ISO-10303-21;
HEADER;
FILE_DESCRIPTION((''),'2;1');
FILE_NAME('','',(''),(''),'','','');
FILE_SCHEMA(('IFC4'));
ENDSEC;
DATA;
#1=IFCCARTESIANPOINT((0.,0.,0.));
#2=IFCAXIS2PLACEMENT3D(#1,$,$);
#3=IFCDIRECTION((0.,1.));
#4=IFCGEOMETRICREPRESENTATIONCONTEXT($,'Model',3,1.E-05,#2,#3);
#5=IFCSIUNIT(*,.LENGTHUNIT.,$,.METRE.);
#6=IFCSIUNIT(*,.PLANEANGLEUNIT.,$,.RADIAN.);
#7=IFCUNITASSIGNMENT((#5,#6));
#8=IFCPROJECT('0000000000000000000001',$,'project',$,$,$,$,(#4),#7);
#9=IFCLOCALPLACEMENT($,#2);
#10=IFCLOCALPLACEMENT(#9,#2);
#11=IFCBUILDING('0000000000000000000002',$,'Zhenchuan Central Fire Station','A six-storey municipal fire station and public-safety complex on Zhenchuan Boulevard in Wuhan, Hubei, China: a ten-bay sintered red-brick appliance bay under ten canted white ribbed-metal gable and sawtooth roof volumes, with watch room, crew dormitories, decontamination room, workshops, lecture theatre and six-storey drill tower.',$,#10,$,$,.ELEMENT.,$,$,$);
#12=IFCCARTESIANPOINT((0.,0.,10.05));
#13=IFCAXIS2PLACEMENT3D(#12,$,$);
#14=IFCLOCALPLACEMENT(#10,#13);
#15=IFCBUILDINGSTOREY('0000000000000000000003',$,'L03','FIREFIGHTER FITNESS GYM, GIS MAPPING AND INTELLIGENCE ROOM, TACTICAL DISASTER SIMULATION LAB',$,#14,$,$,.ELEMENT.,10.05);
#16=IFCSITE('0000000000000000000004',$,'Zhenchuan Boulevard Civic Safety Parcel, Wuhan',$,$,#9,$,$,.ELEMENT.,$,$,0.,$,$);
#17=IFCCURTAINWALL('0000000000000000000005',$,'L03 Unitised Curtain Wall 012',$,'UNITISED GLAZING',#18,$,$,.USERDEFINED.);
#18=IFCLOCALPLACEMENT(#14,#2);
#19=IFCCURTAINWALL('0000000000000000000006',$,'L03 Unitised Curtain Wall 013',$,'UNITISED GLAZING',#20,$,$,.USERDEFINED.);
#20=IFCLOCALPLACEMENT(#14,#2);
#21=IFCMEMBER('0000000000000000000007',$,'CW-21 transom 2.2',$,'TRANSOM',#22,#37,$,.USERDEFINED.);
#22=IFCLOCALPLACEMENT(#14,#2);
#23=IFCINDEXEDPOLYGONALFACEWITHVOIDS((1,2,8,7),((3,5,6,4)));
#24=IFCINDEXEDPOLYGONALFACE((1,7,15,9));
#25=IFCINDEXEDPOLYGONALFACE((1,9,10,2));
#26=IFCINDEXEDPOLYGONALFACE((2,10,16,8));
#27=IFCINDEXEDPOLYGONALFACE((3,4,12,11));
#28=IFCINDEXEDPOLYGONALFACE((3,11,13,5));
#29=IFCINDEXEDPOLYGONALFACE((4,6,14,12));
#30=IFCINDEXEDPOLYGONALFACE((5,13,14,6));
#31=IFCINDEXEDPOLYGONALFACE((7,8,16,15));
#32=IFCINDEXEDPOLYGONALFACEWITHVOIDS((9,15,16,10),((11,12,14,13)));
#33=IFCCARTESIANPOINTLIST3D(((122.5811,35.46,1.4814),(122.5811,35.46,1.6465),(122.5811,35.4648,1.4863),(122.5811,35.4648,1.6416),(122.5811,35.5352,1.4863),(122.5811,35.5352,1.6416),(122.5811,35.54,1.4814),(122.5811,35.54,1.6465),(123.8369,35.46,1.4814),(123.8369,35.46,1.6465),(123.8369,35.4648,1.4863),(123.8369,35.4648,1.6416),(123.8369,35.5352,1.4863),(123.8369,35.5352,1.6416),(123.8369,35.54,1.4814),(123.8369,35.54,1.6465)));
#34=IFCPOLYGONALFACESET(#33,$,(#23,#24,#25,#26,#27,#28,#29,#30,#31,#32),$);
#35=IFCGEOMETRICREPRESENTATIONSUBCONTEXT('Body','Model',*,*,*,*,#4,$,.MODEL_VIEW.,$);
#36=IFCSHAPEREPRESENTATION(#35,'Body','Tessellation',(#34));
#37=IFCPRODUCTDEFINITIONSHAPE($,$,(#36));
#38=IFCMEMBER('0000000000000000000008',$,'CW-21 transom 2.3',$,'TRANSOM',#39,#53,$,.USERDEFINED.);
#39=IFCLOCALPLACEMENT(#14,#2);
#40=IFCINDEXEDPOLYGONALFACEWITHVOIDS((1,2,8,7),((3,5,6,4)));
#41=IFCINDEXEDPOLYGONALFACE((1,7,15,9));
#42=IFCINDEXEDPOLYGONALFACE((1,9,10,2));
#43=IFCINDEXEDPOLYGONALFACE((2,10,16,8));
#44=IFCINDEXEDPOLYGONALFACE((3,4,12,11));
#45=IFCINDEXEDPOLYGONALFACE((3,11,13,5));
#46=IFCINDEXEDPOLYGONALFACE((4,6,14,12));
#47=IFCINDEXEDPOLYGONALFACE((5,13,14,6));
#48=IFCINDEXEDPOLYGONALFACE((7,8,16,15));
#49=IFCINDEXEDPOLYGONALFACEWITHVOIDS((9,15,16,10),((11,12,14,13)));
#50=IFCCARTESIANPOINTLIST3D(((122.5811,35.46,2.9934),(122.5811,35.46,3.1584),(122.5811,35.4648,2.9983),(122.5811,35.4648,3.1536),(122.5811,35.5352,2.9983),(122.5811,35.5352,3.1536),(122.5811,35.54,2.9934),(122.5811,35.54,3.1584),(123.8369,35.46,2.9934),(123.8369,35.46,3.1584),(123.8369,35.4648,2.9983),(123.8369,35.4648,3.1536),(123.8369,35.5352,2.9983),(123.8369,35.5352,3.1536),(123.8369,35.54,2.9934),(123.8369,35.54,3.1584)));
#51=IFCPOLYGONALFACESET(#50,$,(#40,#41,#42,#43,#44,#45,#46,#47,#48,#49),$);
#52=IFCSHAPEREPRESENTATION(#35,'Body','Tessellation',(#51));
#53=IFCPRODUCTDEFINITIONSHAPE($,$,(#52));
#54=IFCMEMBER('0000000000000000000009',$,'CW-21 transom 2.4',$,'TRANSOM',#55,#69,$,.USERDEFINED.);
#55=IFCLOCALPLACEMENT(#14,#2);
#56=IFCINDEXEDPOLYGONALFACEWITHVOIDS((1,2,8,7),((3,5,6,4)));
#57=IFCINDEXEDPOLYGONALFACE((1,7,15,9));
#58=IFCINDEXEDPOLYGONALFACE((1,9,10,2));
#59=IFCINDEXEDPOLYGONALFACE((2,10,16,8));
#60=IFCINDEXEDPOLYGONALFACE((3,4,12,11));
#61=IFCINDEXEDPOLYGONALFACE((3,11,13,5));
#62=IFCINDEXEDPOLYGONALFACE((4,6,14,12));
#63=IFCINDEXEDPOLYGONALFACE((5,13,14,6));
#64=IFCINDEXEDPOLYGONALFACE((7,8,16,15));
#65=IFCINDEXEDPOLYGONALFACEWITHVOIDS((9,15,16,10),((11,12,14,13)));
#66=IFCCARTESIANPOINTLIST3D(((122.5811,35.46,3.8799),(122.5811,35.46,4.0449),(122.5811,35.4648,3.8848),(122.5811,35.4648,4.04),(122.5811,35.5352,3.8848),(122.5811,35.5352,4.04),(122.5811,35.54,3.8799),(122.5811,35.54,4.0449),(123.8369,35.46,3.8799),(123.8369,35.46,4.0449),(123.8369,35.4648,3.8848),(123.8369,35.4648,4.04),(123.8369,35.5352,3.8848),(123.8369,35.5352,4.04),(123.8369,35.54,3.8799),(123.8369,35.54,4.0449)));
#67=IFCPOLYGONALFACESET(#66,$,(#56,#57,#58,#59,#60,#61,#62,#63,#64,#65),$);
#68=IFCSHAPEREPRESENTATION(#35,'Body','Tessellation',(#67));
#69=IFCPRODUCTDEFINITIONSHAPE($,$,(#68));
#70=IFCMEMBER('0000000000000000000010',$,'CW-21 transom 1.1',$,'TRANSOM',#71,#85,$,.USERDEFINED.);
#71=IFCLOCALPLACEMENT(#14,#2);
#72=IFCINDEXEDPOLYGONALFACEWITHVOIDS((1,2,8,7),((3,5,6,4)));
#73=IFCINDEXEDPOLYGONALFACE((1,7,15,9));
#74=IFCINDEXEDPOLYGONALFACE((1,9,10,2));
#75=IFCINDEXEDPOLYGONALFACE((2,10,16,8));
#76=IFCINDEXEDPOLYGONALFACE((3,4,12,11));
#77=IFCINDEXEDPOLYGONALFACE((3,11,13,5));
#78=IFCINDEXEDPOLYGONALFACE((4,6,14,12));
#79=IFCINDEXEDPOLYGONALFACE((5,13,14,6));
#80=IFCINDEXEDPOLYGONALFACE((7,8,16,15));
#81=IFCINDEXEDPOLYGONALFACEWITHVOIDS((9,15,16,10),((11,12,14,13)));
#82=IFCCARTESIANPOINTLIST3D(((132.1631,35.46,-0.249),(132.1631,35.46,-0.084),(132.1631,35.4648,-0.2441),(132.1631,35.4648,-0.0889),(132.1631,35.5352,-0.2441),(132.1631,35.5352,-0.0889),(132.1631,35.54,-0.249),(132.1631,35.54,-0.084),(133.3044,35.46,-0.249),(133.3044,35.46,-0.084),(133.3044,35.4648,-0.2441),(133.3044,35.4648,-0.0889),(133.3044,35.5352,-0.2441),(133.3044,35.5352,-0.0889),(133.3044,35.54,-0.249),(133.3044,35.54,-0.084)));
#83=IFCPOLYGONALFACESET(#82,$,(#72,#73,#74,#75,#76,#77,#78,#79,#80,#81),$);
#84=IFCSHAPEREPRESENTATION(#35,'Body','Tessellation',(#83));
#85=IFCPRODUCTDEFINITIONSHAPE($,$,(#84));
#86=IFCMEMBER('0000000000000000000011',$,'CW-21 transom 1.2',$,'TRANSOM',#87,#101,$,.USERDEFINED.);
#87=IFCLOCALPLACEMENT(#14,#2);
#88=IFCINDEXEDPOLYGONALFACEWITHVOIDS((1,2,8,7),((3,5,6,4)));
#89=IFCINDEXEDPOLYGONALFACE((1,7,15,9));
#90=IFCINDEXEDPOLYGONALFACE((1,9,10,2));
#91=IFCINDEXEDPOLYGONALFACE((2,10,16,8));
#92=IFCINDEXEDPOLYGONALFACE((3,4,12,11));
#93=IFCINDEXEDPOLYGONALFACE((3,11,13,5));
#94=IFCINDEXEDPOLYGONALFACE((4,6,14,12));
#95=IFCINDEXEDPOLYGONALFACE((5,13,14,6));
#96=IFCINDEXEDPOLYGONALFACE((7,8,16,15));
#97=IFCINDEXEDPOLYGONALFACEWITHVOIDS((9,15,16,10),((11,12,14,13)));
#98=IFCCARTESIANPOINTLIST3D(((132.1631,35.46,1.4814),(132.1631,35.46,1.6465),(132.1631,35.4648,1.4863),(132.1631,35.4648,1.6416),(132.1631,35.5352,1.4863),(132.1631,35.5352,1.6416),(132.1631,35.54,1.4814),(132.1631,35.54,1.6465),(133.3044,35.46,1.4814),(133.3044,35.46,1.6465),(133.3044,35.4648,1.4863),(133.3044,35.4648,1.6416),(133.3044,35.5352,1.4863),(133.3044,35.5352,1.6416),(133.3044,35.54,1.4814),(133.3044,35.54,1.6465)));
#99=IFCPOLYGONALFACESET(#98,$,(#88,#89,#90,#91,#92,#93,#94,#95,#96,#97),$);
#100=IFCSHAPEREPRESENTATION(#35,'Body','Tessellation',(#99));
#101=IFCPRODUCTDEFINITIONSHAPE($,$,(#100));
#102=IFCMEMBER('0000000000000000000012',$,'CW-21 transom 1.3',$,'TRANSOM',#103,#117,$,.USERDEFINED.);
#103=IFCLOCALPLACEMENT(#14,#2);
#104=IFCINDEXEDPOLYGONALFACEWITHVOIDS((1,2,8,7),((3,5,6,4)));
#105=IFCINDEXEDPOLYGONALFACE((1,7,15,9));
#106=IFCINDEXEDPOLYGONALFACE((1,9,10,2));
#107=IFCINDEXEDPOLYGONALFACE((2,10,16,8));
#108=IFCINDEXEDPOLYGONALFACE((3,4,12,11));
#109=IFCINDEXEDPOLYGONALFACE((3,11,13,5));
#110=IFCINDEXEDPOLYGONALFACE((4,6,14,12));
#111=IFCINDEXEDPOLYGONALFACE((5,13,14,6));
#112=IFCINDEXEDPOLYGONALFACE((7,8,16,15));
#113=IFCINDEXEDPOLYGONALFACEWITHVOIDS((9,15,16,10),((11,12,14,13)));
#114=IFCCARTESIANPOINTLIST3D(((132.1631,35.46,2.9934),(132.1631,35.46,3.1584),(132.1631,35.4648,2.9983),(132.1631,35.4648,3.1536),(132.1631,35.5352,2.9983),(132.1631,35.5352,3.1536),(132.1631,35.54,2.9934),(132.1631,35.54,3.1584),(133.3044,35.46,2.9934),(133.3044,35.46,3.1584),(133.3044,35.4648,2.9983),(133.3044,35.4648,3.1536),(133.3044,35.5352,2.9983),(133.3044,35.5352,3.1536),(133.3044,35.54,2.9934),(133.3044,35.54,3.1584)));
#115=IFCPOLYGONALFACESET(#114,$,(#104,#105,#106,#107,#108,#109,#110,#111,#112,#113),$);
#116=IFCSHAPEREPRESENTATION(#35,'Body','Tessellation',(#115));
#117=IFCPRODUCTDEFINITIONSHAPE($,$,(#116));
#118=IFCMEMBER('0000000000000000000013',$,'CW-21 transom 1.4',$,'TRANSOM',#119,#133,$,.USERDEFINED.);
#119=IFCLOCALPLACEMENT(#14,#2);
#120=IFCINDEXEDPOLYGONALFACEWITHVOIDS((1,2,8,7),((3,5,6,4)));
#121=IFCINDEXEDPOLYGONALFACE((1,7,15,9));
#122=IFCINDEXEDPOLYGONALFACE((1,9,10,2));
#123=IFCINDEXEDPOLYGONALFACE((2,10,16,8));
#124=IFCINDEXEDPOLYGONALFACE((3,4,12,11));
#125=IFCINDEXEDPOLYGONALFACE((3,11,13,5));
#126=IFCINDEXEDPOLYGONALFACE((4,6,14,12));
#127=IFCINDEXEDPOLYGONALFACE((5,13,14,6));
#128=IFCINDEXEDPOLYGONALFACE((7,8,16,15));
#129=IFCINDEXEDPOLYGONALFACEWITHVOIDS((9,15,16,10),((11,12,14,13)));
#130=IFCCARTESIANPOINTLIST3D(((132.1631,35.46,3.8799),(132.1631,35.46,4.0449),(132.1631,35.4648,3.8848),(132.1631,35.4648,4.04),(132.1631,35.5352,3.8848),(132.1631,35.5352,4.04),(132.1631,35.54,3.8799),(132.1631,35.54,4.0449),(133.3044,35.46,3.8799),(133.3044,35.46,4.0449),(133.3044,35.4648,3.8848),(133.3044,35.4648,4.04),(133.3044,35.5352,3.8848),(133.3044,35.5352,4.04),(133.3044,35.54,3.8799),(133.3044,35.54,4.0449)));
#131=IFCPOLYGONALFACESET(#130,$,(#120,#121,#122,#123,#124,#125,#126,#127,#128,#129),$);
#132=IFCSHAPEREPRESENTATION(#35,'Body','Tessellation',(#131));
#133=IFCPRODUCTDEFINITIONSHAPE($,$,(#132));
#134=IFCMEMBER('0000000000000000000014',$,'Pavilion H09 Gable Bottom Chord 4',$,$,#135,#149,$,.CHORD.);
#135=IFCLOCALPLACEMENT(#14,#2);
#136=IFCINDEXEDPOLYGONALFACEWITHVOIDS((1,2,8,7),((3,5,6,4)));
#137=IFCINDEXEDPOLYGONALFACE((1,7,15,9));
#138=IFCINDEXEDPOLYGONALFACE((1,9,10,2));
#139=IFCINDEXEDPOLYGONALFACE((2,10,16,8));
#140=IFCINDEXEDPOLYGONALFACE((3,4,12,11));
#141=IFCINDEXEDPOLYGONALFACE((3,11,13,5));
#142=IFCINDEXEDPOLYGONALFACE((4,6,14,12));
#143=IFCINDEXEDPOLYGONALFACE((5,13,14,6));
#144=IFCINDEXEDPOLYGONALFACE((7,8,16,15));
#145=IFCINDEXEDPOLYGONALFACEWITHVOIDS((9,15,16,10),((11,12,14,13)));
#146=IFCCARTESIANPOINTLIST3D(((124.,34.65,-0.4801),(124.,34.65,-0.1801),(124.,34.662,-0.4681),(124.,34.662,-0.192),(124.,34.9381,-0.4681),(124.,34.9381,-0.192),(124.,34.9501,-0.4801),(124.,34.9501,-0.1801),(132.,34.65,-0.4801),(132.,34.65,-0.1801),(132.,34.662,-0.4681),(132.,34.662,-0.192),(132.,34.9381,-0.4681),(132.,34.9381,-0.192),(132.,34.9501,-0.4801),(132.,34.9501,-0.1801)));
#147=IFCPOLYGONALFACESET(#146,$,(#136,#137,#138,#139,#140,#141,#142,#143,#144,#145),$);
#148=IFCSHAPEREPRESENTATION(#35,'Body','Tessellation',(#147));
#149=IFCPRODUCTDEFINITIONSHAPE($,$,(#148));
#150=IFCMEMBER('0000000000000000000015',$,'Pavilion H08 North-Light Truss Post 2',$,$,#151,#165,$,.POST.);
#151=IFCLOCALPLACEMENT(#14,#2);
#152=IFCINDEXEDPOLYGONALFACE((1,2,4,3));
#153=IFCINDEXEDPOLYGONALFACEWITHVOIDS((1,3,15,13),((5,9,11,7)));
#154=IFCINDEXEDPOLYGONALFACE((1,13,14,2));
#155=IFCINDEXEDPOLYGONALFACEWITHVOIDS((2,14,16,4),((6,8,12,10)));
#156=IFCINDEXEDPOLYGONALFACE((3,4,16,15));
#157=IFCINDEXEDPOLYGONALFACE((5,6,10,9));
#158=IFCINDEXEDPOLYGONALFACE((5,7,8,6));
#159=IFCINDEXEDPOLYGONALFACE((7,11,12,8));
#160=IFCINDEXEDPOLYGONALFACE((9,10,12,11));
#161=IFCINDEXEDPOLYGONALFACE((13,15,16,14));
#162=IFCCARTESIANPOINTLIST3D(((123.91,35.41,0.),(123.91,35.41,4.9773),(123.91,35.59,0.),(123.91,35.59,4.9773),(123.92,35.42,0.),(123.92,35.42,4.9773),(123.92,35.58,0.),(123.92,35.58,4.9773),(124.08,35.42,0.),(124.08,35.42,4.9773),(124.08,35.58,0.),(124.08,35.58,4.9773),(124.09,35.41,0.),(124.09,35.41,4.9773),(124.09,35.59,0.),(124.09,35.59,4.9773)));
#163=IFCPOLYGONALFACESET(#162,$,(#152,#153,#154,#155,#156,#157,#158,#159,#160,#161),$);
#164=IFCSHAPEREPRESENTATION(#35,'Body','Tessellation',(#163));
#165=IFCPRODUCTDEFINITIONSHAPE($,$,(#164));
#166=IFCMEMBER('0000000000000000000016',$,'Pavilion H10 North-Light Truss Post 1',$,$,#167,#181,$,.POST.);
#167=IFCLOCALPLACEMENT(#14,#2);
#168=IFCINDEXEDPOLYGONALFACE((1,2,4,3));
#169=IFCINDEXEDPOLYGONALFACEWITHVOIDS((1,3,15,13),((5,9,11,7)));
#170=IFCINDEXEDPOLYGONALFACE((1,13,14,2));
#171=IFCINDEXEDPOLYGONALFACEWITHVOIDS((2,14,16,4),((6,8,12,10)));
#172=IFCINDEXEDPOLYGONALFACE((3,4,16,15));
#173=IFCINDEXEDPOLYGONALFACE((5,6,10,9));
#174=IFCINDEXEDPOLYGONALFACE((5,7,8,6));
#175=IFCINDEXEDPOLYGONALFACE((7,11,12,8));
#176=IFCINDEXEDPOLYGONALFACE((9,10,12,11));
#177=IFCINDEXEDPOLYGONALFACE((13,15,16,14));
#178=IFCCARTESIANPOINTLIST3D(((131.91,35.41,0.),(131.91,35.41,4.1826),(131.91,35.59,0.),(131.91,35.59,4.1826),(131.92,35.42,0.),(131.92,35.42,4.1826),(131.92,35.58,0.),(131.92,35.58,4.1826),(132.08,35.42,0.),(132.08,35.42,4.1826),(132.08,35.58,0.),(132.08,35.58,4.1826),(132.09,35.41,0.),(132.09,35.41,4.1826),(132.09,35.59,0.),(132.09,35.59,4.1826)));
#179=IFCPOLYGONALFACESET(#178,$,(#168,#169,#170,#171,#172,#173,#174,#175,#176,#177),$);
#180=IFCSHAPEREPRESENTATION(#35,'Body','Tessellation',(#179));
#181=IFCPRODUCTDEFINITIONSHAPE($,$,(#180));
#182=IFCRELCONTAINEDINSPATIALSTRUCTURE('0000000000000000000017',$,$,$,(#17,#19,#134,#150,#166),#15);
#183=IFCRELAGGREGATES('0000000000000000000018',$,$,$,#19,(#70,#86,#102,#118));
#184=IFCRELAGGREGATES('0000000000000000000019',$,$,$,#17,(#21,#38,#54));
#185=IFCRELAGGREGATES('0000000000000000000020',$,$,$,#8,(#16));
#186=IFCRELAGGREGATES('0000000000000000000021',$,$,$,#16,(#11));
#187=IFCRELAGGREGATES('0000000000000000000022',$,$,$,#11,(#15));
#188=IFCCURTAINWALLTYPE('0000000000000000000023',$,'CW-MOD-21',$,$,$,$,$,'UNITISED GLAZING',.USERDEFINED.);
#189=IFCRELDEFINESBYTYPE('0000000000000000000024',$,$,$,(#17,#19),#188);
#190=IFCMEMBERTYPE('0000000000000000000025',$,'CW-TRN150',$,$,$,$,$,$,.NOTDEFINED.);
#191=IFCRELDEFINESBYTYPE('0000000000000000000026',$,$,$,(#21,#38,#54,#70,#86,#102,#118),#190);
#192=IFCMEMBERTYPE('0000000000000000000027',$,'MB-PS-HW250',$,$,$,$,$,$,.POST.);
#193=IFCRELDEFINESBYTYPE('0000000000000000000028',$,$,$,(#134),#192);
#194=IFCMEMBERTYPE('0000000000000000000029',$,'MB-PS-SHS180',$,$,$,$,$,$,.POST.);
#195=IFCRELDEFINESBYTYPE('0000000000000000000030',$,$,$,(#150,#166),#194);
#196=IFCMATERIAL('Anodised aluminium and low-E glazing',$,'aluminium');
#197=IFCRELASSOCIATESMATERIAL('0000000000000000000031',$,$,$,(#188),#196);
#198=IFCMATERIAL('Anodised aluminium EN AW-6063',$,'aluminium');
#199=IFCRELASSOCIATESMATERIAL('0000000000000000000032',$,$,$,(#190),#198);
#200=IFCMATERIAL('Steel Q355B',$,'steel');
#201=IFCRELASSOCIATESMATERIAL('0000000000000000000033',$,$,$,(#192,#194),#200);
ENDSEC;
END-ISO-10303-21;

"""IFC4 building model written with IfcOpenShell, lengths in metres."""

from ifc_helpers import new_model, si_unit, direction, frame, origin, origin_2d, place, context, subcontext, project, spatial, hollow_rectangle, extrude, material, material_profile, profile_set, type_object, element, aggregate, save


model = new_model("IFC4")

# Units and contexts
model_context = context("Model", 3, precision=1e-05, world=origin(), true_north=direction((0.0, 1.0)))
body_context = subcontext(model_context, "Body", "Model", "MODEL_VIEW")
ifc_project = project(units=[si_unit("LENGTHUNIT", "METRE"), si_unit("PLANEANGLEUNIT", "RADIAN")], contexts=[model_context])

# Site, building, storey
site_placement = place(None, origin())
site = spatial("IfcSite", under=ifc_project, at=site_placement, Name="Zhenchuan Boulevard Civic Safety Parcel, Wuhan", CompositionType="ELEMENT", RefElevation=0.0)
building_placement = place(site_placement, origin())
building = spatial("IfcBuilding", under=site, at=building_placement, Name="Zhenchuan Central Fire Station", Description="A six-storey municipal fire station and public-safety complex on Zhenchuan Boulevard in Wuhan, Hubei, China: a ten-bay sintered red-brick appliance bay under ten canted white ribbed-metal gable and sawtooth roof volumes, with watch room, crew dormitories, decontamination room, workshops, lecture theatre and six-storey drill tower.", CompositionType="ELEMENT")
storey_placement = place(building_placement, frame((0.0, 0.0, 10.05)))
storey = spatial("IfcBuildingStorey", under=building, at=storey_placement, Name="L03", Description="FIREFIGHTER FITNESS GYM, GIS MAPPING AND INTELLIGENCE ROOM, TACTICAL DISASTER SIMULATION LAB", CompositionType="ELEMENT", Elevation=10.05)

# Shared definitions
ifc_material_1 = material(Name="Steel Q355B", Category="steel")

# Curtain wall
ifc_material_2 = material(Name="Anodised aluminium and low-E glazing", Category="aluminium")
curtain_wall_type = type_object("IfcCurtainWallType", Name="CW-MOD-21", ElementType="UNITISED GLAZING", PredefinedType="USERDEFINED", material=ifc_material_2)
curtain_wall_1_placement = place(storey_placement, origin())
curtain_wall_1 = element("IfcCurtainWall", 1, at=curtain_wall_1_placement, inside=storey, type_object=curtain_wall_type, Name="L03 Unitised Curtain Wall 012", ObjectType="UNITISED GLAZING", PredefinedType="USERDEFINED")
ifc_material_3 = material(Name="Anodised aluminium EN AW-6063", Category="aluminium")

# Curtain wall
curtain_wall_2_placement = place(storey_placement, origin())
curtain_wall_2 = element("IfcCurtainWall", 2, at=curtain_wall_2_placement, inside=storey, type_object=curtain_wall_type, Name="L03 Unitised Curtain Wall 013", ObjectType="UNITISED GLAZING", PredefinedType="USERDEFINED")

# Members
ifc_material_profile_1 = material_profile(ifc_material_3, hollow_rectangle(XDim=0.0801, YDim=0.165, WallThickness=0.0049, at=origin_2d()), Name="ALU-T 165x80")
ifc_profile_set_1 = profile_set([ifc_material_profile_1], Name="Anodised aluminium EN AW-6063")
member_type_1 = type_object("IfcMemberType", Name="CW-TRN150", PredefinedType="NOTDEFINED", material=ifc_profile_set_1)
member_1_placement = place(storey_placement, frame((122.5811, 35.5, 1.564), z_axis=(1.0, 0.0, 0.0), x_axis=(0.0, 1.0, 0.0)))
member_1 = element("IfcMember", 3, at=member_1_placement, type_object=member_type_1, Name="CW-21 transom 2.2", ObjectType="TRANSOM", PredefinedType="USERDEFINED", context=body_context, shape_type="SweptSolid", body=[
    extrude(hollow_rectangle(XDim=0.0801, YDim=0.165, WallThickness=0.0049, at=origin_2d()), origin(), (0.0, 0.0, 1.0), 1.2559),
])
member_2_placement = place(storey_placement, frame((122.5811, 35.5, 3.0759), z_axis=(1.0, 0.0, 0.0), x_axis=(0.0, 1.0, 0.0)))
member_2 = element("IfcMember", 4, at=member_2_placement, type_object=member_type_1, Name="CW-21 transom 2.3", ObjectType="TRANSOM", PredefinedType="USERDEFINED", context=body_context, shape_type="SweptSolid", body=[
    extrude(hollow_rectangle(XDim=0.0801, YDim=0.165, WallThickness=0.0049, at=origin_2d()), origin(), (0.0, 0.0, 1.0), 1.2559),
])
member_3_placement = place(storey_placement, frame((122.5811, 35.5, 3.9624), z_axis=(1.0, 0.0, 0.0), x_axis=(0.0, 1.0, 0.0)))
member_3 = element("IfcMember", 5, at=member_3_placement, type_object=member_type_1, Name="CW-21 transom 2.4", ObjectType="TRANSOM", PredefinedType="USERDEFINED", context=body_context, shape_type="SweptSolid", body=[
    extrude(hollow_rectangle(XDim=0.0801, YDim=0.165, WallThickness=0.0049, at=origin_2d()), origin(), (0.0, 0.0, 1.0), 1.2559),
])
member_4_placement = place(storey_placement, frame((132.1631, 35.5, -0.1665), z_axis=(1.0, 0.0, 0.0), x_axis=(0.0, 1.0, 0.0)))
member_4 = element("IfcMember", 6, at=member_4_placement, type_object=member_type_1, Name="CW-21 transom 1.1", ObjectType="TRANSOM", PredefinedType="USERDEFINED", context=body_context, shape_type="SweptSolid", body=[
    extrude(hollow_rectangle(XDim=0.0801, YDim=0.165, WallThickness=0.0049, at=origin_2d()), origin(), (0.0, 0.0, 1.0), 1.1414),
])
member_5_placement = place(storey_placement, frame((132.1631, 35.5, 1.564), z_axis=(1.0, 0.0, 0.0), x_axis=(0.0, 1.0, 0.0)))
member_5 = element("IfcMember", 7, at=member_5_placement, type_object=member_type_1, Name="CW-21 transom 1.2", ObjectType="TRANSOM", PredefinedType="USERDEFINED", context=body_context, shape_type="SweptSolid", body=[
    extrude(hollow_rectangle(XDim=0.0801, YDim=0.165, WallThickness=0.0049, at=origin_2d()), origin(), (0.0, 0.0, 1.0), 1.1414),
])
member_6_placement = place(storey_placement, frame((132.1631, 35.5, 3.0759), z_axis=(1.0, 0.0, 0.0), x_axis=(0.0, 1.0, 0.0)))
member_6 = element("IfcMember", 8, at=member_6_placement, type_object=member_type_1, Name="CW-21 transom 1.3", ObjectType="TRANSOM", PredefinedType="USERDEFINED", context=body_context, shape_type="SweptSolid", body=[
    extrude(hollow_rectangle(XDim=0.0801, YDim=0.165, WallThickness=0.0049, at=origin_2d()), origin(), (0.0, 0.0, 1.0), 1.1414),
])
member_7_placement = place(storey_placement, frame((132.1631, 35.5, 3.9624), z_axis=(1.0, 0.0, 0.0), x_axis=(0.0, 1.0, 0.0)))
member_7 = element("IfcMember", 9, at=member_7_placement, type_object=member_type_1, Name="CW-21 transom 1.4", ObjectType="TRANSOM", PredefinedType="USERDEFINED", context=body_context, shape_type="SweptSolid", body=[
    extrude(hollow_rectangle(XDim=0.0801, YDim=0.165, WallThickness=0.0049, at=origin_2d()), origin(), (0.0, 0.0, 1.0), 1.1414),
])
aggregate(curtain_wall_2, [member_4, member_5, member_6, member_7])

# Members
ifc_material_profile_2 = material_profile(ifc_material_1, hollow_rectangle(XDim=0.3, YDim=0.3, WallThickness=0.012, at=origin_2d()), Name="SHS 300x300x12")
ifc_profile_set_2 = profile_set([ifc_material_profile_2], Name="Steel Q355B")
member_type_2 = type_object("IfcMemberType", Name="MB-PS-HW250", PredefinedType="POST", material=ifc_profile_set_2)
member_8_placement = place(storey_placement, frame((124.0, 34.8, -0.3301), z_axis=(1.0, 0.0, 0.0), x_axis=(0.0, 1.0, 0.0)))
element("IfcMember", 10, at=member_8_placement, inside=storey, type_object=member_type_2, Name="Pavilion H09 Gable Bottom Chord 4", PredefinedType="CHORD", context=body_context, shape_type="SweptSolid", body=[
    extrude(hollow_rectangle(XDim=0.3, YDim=0.3, WallThickness=0.012, at=origin_2d()), origin(), (0.0, 0.0, 1.0), 8.0),
])
ifc_material_profile_3 = material_profile(ifc_material_1, hollow_rectangle(XDim=0.1799, YDim=0.1799, WallThickness=0.01, at=origin_2d()), Name="SHS 180x180x10")
ifc_profile_set_3 = profile_set([ifc_material_profile_3], Name="Steel Q355B")
member_type_3 = type_object("IfcMemberType", Name="MB-PS-SHS180", PredefinedType="POST", material=ifc_profile_set_3)
member_9_placement = place(storey_placement, frame((124.0, 35.5, 0.0), z_axis=(0.0, 0.0, 1.0), x_axis=(1.0, 0.0, 0.0)))
element("IfcMember", 11, at=member_9_placement, inside=storey, type_object=member_type_3, Name="Pavilion H08 North-Light Truss Post 2", PredefinedType="POST", context=body_context, shape_type="SweptSolid", body=[
    extrude(hollow_rectangle(XDim=0.1799, YDim=0.1799, WallThickness=0.01, at=origin_2d()), origin(), (0.0, 0.0, 1.0), 4.9773),
])
member_10_placement = place(storey_placement, frame((132.0, 35.5, 0.0), z_axis=(0.0, 0.0, 1.0), x_axis=(1.0, 0.0, 0.0)))
element("IfcMember", 12, at=member_10_placement, inside=storey, type_object=member_type_3, Name="Pavilion H10 North-Light Truss Post 1", PredefinedType="POST", context=body_context, shape_type="SweptSolid", body=[
    extrude(hollow_rectangle(XDim=0.1799, YDim=0.1799, WallThickness=0.01, at=origin_2d()), origin(), (0.0, 0.0, 1.0), 4.1826),
])

aggregate(curtain_wall_1, [member_1, member_2, member_3])

save(model, "model.ifc")
